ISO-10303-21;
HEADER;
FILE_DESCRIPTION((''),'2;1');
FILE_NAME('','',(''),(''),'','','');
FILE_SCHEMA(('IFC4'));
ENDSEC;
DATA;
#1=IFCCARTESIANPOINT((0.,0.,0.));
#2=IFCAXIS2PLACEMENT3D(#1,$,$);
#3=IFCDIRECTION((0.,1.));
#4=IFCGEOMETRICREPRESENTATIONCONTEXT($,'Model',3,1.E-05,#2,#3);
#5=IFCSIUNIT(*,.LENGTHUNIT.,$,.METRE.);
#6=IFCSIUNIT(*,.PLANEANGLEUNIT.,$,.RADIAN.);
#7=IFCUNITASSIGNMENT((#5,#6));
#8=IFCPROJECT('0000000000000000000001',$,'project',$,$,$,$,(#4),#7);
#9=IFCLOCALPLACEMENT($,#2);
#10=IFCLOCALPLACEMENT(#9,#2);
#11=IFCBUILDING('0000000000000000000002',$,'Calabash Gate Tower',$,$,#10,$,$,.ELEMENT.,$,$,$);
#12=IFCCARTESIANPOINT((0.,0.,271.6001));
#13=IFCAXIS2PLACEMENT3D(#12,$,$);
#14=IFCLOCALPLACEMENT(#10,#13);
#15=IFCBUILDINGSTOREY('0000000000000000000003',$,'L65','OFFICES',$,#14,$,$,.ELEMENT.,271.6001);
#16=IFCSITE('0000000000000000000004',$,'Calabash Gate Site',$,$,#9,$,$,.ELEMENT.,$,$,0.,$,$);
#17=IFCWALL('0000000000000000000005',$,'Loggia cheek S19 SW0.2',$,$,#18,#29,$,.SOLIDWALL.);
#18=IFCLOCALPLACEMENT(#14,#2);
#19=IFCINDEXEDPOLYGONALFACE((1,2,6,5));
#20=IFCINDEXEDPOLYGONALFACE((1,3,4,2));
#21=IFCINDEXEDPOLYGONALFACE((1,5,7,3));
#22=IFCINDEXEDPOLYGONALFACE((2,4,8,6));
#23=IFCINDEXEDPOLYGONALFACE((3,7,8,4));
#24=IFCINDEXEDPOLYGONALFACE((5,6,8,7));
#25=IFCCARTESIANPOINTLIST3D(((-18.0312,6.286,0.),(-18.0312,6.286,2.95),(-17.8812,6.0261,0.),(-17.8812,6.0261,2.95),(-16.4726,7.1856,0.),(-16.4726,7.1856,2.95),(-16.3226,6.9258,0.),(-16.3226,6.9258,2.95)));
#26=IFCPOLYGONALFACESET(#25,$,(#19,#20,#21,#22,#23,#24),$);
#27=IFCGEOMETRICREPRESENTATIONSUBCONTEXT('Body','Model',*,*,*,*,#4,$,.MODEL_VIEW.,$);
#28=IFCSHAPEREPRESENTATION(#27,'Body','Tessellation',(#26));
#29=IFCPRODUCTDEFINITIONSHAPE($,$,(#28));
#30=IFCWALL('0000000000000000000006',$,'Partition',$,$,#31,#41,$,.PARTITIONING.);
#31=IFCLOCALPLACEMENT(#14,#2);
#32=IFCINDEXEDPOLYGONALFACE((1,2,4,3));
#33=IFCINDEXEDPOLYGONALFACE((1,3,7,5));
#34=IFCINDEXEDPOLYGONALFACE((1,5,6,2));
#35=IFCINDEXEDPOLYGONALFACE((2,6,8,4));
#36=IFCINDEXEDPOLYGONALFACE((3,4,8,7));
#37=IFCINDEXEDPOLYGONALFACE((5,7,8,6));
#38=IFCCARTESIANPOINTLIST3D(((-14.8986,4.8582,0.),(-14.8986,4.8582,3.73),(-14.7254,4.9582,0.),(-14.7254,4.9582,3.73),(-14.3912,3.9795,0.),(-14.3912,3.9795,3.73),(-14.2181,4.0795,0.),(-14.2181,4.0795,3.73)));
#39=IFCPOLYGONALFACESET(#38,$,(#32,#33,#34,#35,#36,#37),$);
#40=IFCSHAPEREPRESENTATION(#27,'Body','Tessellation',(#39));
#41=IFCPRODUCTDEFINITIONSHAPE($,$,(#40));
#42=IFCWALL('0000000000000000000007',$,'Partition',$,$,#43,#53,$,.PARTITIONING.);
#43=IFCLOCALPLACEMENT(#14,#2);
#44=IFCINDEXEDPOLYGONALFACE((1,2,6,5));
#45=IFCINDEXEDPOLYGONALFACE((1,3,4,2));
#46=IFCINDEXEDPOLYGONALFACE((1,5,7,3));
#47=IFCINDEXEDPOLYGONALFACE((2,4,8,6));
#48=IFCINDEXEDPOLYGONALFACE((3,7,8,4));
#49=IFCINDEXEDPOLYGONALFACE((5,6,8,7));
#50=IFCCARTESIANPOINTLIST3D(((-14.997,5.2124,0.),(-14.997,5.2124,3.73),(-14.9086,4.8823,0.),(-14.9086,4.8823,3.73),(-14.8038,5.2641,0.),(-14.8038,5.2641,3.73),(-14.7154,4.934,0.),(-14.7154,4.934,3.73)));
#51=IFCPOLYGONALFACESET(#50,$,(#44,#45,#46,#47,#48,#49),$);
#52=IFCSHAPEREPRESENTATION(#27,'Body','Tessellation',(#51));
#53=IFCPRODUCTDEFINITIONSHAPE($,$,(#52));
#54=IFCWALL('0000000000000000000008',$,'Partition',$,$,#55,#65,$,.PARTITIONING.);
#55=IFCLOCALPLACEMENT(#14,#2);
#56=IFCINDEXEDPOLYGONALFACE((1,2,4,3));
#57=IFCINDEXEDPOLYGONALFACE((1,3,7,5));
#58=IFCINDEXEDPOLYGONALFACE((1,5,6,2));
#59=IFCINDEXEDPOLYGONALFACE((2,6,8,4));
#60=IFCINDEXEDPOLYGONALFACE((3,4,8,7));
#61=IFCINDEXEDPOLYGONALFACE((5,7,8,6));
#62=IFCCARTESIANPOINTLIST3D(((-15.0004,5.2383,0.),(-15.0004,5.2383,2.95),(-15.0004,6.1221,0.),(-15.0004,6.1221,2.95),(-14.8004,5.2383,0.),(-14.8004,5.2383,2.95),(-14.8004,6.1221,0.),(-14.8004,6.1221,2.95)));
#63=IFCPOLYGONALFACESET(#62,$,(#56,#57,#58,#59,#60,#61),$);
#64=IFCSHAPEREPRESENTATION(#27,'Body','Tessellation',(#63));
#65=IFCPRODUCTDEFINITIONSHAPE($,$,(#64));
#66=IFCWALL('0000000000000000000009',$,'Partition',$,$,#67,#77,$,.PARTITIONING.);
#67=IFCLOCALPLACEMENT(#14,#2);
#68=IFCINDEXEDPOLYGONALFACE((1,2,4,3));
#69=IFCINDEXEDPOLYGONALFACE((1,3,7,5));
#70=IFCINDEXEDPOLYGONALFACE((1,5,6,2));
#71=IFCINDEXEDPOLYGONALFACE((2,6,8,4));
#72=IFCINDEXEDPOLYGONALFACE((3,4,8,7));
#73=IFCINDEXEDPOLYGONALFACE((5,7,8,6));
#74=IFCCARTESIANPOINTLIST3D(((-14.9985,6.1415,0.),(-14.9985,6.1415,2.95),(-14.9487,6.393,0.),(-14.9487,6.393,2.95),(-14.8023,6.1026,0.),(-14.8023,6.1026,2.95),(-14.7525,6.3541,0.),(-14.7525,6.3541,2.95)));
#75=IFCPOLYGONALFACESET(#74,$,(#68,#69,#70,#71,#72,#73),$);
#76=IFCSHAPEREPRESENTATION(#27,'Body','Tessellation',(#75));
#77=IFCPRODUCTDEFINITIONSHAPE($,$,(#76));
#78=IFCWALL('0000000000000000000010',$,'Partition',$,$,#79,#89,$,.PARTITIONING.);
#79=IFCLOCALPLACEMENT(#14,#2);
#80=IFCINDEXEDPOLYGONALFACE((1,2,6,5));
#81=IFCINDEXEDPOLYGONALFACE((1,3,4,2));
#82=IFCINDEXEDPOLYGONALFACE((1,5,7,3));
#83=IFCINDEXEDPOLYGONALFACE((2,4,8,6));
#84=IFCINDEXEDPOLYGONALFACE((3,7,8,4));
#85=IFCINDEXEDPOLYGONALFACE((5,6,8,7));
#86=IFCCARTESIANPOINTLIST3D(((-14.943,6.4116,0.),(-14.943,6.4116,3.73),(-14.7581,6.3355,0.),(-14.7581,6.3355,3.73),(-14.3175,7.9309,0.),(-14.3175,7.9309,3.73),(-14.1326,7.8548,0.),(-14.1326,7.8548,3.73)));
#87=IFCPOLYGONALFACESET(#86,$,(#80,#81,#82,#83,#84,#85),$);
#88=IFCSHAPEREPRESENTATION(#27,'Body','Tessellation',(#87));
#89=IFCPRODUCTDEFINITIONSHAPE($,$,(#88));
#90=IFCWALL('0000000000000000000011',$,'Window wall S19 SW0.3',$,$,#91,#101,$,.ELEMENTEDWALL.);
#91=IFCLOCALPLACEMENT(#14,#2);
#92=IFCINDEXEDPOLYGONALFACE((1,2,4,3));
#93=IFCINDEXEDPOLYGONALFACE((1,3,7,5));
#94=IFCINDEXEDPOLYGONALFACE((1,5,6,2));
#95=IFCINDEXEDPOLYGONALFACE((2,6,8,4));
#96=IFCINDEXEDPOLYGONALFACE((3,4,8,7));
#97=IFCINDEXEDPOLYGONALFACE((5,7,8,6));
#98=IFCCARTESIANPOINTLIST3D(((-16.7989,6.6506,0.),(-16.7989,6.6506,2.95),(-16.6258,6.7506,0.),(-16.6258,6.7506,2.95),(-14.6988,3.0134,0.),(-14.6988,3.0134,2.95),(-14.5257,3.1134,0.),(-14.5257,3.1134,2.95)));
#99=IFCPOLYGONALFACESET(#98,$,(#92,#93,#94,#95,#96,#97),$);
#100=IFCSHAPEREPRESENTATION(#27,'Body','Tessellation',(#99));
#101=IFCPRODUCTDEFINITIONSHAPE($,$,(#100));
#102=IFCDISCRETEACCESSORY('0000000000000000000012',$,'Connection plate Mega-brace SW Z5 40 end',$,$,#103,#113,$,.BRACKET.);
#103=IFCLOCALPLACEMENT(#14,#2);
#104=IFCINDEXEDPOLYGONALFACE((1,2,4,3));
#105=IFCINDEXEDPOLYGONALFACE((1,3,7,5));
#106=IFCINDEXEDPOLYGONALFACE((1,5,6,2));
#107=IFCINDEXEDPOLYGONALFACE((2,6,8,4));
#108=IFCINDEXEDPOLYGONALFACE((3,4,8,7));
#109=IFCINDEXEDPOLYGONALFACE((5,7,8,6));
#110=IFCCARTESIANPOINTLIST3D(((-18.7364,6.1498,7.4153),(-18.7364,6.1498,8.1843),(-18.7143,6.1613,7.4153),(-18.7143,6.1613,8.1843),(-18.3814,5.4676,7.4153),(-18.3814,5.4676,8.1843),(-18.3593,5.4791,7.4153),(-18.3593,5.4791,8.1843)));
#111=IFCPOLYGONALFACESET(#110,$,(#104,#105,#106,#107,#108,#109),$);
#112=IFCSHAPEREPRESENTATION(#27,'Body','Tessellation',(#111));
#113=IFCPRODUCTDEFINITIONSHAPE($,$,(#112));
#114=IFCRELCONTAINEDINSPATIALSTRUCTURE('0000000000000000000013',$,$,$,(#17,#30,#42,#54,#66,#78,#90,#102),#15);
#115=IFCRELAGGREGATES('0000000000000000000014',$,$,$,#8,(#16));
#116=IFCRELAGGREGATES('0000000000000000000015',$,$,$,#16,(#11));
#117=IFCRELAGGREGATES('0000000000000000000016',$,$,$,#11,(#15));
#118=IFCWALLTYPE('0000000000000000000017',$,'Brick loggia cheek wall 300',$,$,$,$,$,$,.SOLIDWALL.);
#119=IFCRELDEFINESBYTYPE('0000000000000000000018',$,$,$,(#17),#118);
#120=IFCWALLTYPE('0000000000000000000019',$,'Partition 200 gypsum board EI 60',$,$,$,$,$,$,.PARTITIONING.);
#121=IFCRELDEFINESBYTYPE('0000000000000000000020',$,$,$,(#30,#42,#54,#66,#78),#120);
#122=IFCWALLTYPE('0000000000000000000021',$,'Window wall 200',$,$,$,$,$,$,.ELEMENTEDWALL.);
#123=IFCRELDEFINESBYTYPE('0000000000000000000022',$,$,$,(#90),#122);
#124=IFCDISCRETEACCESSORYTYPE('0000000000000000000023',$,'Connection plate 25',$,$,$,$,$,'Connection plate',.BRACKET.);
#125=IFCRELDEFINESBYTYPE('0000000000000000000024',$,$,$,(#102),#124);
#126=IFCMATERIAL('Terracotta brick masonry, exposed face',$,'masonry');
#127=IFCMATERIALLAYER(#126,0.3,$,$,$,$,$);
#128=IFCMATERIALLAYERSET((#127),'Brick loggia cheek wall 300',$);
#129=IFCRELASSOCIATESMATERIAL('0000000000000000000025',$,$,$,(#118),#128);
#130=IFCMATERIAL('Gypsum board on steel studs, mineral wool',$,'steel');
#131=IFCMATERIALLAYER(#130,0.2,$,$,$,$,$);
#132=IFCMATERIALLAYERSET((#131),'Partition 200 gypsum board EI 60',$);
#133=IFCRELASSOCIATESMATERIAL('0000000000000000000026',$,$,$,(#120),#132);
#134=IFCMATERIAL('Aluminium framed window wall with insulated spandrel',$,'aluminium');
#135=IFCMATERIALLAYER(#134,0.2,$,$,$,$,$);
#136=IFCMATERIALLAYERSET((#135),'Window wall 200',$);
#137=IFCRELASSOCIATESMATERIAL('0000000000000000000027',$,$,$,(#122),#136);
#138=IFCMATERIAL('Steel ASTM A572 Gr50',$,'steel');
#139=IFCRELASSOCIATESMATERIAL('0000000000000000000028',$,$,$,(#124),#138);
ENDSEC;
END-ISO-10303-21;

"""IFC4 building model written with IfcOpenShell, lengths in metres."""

from ifc_helpers import new_model, si_unit, direction, frame, frame_2d, origin, origin_2d, place, context, subcontext, project, spatial, rectangle, extrude, material, layer, layer_set, type_object, element, save


model = new_model("IFC4")

# Units and contexts
model_context = context("Model", 3, precision=1e-05, world=origin(), true_north=direction((0.0, 1.0)))
body_context = subcontext(model_context, "Body", "Model", "MODEL_VIEW")
ifc_project = project(units=[si_unit("LENGTHUNIT", "METRE"), si_unit("PLANEANGLEUNIT", "RADIAN")], contexts=[model_context])

# Site, building, storey
site_placement = place(None, origin())
site = spatial("IfcSite", under=ifc_project, at=site_placement, Name="Calabash Gate Site", CompositionType="ELEMENT", RefElevation=0.0)
building_placement = place(site_placement, origin())
building = spatial("IfcBuilding", under=site, at=building_placement, Name="Calabash Gate Tower", CompositionType="ELEMENT")
storey_placement = place(building_placement, frame((0.0, 0.0, 271.6001)))
storey = spatial("IfcBuildingStorey", under=building, at=storey_placement, Name="L65", Description="OFFICES", CompositionType="ELEMENT", Elevation=271.6001)

# Walls
ifc_material_1 = material(Name="Terracotta brick masonry, exposed face", Category="masonry")
ifc_layer_1 = layer(ifc_material_1, 0.3)
ifc_layer_set_1 = layer_set([ifc_layer_1], Name="Brick loggia cheek wall 300")
wall_type_1 = type_object("IfcWallType", Name="Brick loggia cheek wall 300", PredefinedType="SOLIDWALL", material=ifc_layer_set_1)
wall_1_placement = place(storey_placement, frame((-17.9563, 6.156, 0.0), z_axis=(0.0, 0.0, 1.0), x_axis=(0.866073, 0.499918, 0.0)))
element("IfcWall", 1, at=wall_1_placement, inside=storey, type_object=wall_type_1, Name="Loggia cheek S19 SW0.2", PredefinedType="SOLIDWALL", context=body_context, shape_type="SweptSolid", body=[
    extrude(rectangle(XDim=1.7996, YDim=0.3, at=frame_2d((0.8999, 0.0))), origin(), (0.0, 0.0, 1.0), 2.95),
])
ifc_material_2 = material(Name="Gypsum board on steel studs, mineral wool", Category="steel")
ifc_layer_2 = layer(ifc_material_2, 0.2)
ifc_layer_set_2 = layer_set([ifc_layer_2], Name="Partition 200 gypsum board EI 60")
wall_type_2 = type_object("IfcWallType", Name="Partition 200 gypsum board EI 60", PredefinedType="PARTITIONING", material=ifc_layer_set_2)
wall_2_placement = place(storey_placement, frame((-14.812, 4.9082, 0.0), z_axis=(0.0, 0.0, 1.0), x_axis=(0.500021, -0.866013, 0.0)))
element("IfcWall", 2, at=wall_2_placement, inside=storey, type_object=wall_type_2, Name="Partition", PredefinedType="PARTITIONING", context=body_context, shape_type="SweptSolid", body=[
    extrude(rectangle(XDim=1.0146, YDim=0.2, at=frame_2d((0.5073, 0.0))), origin(), (0.0, 0.0, 1.0), 3.73),
])
wall_3_placement = place(storey_placement, frame((-14.9004, 5.2383, 0.0), z_axis=(0.0, 0.0, 1.0), x_axis=(0.258641, -0.965974, 0.0)))
element("IfcWall", 3, at=wall_3_placement, inside=storey, type_object=wall_type_2, Name="Partition", PredefinedType="PARTITIONING", context=body_context, shape_type="SweptSolid", body=[
    extrude(rectangle(XDim=0.3418, YDim=0.2, at=frame_2d((0.1709, 0.0))), origin(), (0.0, 0.0, 1.0), 3.73),
])
wall_4_placement = place(storey_placement, frame((-14.9004, 6.1221, 0.0), z_axis=(0.0, 0.0, 1.0), x_axis=(0.0, -1.0, 0.0)))
element("IfcWall", 4, at=wall_4_placement, inside=storey, type_object=wall_type_2, Name="Partition", PredefinedType="PARTITIONING", context=body_context, shape_type="SweptSolid", body=[
    extrude(rectangle(XDim=0.8838, YDim=0.2, at=frame_2d((0.4419, 0.0))), origin(), (0.0, 0.0, 1.0), 2.95),
])
wall_5_placement = place(storey_placement, frame((-14.9004, 6.1221, 0.0), z_axis=(0.0, 0.0, 1.0), x_axis=(0.194284, 0.980945, 0.0)))
element("IfcWall", 5, at=wall_5_placement, inside=storey, type_object=wall_type_2, Name="Partition", PredefinedType="PARTITIONING", context=body_context, shape_type="SweptSolid", body=[
    extrude(rectangle(XDim=0.2563, YDim=0.2, at=frame_2d((0.1282, 0.0))), origin(), (0.0, 0.0, 1.0), 2.95),
])
wall_6_placement = place(storey_placement, frame((-14.8506, 6.3735, 0.0), z_axis=(0.0, 0.0, 1.0), x_axis=(0.380697, 0.9247, 0.0)))
element("IfcWall", 6, at=wall_6_placement, inside=storey, type_object=wall_type_2, Name="Partition", PredefinedType="PARTITIONING", context=body_context, shape_type="SweptSolid", body=[
    extrude(rectangle(XDim=1.6431, YDim=0.2, at=frame_2d((0.8215, 0.0))), origin(), (0.0, 0.0, 1.0), 3.73),
])
ifc_material_3 = material(Name="Aluminium framed window wall with insulated spandrel", Category="aluminium")
ifc_layer_3 = layer(ifc_material_3, 0.2)
ifc_layer_set_3 = layer_set([ifc_layer_3], Name="Window wall 200")
wall_type_3 = type_object("IfcWallType", Name="Window wall 200", PredefinedType="ELEMENTEDWALL", material=ifc_layer_set_3)
wall_7_placement = place(storey_placement, frame((-16.7124, 6.7007, 0.0), z_axis=(0.0, 0.0, 1.0), x_axis=(0.500028, -0.866009, 0.0)))
element("IfcWall", 7, at=wall_7_placement, inside=storey, type_object=wall_type_3, Name="Window wall S19 SW0.3", PredefinedType="ELEMENTEDWALL", context=body_context, shape_type="SweptSolid", body=[
    extrude(rectangle(XDim=4.2, YDim=0.2, at=frame_2d((2.1001, 0.0))), origin(), (0.0, 0.0, 1.0), 2.95),
])

# Discrete accessory
ifc_material_4 = material(Name="Steel ASTM A572 Gr50", Category="steel")
discrete_accessory_type = type_object("IfcDiscreteAccessoryType", Name="Connection plate 25", ElementType="Connection plate", PredefinedType="BRACKET", material=ifc_material_4)
discrete_accessory_placement = place(storey_placement, frame((-18.5479, 5.8145, 7.4153), z_axis=(0.0, 0.0, 1.0), x_axis=(-0.461534, 0.887123, 0.0)))
element("IfcDiscreteAccessory", 8, at=discrete_accessory_placement, inside=storey, type_object=discrete_accessory_type, Name="Connection plate Mega-brace SW Z5 40 end", PredefinedType="BRACKET", context=body_context, shape_type="SweptSolid", body=[
    extrude(rectangle(XDim=0.769, YDim=0.0249, at=origin_2d()), origin(), (0.0, 0.0, 1.0), 0.769),
])

save(model, "model.ifc")
